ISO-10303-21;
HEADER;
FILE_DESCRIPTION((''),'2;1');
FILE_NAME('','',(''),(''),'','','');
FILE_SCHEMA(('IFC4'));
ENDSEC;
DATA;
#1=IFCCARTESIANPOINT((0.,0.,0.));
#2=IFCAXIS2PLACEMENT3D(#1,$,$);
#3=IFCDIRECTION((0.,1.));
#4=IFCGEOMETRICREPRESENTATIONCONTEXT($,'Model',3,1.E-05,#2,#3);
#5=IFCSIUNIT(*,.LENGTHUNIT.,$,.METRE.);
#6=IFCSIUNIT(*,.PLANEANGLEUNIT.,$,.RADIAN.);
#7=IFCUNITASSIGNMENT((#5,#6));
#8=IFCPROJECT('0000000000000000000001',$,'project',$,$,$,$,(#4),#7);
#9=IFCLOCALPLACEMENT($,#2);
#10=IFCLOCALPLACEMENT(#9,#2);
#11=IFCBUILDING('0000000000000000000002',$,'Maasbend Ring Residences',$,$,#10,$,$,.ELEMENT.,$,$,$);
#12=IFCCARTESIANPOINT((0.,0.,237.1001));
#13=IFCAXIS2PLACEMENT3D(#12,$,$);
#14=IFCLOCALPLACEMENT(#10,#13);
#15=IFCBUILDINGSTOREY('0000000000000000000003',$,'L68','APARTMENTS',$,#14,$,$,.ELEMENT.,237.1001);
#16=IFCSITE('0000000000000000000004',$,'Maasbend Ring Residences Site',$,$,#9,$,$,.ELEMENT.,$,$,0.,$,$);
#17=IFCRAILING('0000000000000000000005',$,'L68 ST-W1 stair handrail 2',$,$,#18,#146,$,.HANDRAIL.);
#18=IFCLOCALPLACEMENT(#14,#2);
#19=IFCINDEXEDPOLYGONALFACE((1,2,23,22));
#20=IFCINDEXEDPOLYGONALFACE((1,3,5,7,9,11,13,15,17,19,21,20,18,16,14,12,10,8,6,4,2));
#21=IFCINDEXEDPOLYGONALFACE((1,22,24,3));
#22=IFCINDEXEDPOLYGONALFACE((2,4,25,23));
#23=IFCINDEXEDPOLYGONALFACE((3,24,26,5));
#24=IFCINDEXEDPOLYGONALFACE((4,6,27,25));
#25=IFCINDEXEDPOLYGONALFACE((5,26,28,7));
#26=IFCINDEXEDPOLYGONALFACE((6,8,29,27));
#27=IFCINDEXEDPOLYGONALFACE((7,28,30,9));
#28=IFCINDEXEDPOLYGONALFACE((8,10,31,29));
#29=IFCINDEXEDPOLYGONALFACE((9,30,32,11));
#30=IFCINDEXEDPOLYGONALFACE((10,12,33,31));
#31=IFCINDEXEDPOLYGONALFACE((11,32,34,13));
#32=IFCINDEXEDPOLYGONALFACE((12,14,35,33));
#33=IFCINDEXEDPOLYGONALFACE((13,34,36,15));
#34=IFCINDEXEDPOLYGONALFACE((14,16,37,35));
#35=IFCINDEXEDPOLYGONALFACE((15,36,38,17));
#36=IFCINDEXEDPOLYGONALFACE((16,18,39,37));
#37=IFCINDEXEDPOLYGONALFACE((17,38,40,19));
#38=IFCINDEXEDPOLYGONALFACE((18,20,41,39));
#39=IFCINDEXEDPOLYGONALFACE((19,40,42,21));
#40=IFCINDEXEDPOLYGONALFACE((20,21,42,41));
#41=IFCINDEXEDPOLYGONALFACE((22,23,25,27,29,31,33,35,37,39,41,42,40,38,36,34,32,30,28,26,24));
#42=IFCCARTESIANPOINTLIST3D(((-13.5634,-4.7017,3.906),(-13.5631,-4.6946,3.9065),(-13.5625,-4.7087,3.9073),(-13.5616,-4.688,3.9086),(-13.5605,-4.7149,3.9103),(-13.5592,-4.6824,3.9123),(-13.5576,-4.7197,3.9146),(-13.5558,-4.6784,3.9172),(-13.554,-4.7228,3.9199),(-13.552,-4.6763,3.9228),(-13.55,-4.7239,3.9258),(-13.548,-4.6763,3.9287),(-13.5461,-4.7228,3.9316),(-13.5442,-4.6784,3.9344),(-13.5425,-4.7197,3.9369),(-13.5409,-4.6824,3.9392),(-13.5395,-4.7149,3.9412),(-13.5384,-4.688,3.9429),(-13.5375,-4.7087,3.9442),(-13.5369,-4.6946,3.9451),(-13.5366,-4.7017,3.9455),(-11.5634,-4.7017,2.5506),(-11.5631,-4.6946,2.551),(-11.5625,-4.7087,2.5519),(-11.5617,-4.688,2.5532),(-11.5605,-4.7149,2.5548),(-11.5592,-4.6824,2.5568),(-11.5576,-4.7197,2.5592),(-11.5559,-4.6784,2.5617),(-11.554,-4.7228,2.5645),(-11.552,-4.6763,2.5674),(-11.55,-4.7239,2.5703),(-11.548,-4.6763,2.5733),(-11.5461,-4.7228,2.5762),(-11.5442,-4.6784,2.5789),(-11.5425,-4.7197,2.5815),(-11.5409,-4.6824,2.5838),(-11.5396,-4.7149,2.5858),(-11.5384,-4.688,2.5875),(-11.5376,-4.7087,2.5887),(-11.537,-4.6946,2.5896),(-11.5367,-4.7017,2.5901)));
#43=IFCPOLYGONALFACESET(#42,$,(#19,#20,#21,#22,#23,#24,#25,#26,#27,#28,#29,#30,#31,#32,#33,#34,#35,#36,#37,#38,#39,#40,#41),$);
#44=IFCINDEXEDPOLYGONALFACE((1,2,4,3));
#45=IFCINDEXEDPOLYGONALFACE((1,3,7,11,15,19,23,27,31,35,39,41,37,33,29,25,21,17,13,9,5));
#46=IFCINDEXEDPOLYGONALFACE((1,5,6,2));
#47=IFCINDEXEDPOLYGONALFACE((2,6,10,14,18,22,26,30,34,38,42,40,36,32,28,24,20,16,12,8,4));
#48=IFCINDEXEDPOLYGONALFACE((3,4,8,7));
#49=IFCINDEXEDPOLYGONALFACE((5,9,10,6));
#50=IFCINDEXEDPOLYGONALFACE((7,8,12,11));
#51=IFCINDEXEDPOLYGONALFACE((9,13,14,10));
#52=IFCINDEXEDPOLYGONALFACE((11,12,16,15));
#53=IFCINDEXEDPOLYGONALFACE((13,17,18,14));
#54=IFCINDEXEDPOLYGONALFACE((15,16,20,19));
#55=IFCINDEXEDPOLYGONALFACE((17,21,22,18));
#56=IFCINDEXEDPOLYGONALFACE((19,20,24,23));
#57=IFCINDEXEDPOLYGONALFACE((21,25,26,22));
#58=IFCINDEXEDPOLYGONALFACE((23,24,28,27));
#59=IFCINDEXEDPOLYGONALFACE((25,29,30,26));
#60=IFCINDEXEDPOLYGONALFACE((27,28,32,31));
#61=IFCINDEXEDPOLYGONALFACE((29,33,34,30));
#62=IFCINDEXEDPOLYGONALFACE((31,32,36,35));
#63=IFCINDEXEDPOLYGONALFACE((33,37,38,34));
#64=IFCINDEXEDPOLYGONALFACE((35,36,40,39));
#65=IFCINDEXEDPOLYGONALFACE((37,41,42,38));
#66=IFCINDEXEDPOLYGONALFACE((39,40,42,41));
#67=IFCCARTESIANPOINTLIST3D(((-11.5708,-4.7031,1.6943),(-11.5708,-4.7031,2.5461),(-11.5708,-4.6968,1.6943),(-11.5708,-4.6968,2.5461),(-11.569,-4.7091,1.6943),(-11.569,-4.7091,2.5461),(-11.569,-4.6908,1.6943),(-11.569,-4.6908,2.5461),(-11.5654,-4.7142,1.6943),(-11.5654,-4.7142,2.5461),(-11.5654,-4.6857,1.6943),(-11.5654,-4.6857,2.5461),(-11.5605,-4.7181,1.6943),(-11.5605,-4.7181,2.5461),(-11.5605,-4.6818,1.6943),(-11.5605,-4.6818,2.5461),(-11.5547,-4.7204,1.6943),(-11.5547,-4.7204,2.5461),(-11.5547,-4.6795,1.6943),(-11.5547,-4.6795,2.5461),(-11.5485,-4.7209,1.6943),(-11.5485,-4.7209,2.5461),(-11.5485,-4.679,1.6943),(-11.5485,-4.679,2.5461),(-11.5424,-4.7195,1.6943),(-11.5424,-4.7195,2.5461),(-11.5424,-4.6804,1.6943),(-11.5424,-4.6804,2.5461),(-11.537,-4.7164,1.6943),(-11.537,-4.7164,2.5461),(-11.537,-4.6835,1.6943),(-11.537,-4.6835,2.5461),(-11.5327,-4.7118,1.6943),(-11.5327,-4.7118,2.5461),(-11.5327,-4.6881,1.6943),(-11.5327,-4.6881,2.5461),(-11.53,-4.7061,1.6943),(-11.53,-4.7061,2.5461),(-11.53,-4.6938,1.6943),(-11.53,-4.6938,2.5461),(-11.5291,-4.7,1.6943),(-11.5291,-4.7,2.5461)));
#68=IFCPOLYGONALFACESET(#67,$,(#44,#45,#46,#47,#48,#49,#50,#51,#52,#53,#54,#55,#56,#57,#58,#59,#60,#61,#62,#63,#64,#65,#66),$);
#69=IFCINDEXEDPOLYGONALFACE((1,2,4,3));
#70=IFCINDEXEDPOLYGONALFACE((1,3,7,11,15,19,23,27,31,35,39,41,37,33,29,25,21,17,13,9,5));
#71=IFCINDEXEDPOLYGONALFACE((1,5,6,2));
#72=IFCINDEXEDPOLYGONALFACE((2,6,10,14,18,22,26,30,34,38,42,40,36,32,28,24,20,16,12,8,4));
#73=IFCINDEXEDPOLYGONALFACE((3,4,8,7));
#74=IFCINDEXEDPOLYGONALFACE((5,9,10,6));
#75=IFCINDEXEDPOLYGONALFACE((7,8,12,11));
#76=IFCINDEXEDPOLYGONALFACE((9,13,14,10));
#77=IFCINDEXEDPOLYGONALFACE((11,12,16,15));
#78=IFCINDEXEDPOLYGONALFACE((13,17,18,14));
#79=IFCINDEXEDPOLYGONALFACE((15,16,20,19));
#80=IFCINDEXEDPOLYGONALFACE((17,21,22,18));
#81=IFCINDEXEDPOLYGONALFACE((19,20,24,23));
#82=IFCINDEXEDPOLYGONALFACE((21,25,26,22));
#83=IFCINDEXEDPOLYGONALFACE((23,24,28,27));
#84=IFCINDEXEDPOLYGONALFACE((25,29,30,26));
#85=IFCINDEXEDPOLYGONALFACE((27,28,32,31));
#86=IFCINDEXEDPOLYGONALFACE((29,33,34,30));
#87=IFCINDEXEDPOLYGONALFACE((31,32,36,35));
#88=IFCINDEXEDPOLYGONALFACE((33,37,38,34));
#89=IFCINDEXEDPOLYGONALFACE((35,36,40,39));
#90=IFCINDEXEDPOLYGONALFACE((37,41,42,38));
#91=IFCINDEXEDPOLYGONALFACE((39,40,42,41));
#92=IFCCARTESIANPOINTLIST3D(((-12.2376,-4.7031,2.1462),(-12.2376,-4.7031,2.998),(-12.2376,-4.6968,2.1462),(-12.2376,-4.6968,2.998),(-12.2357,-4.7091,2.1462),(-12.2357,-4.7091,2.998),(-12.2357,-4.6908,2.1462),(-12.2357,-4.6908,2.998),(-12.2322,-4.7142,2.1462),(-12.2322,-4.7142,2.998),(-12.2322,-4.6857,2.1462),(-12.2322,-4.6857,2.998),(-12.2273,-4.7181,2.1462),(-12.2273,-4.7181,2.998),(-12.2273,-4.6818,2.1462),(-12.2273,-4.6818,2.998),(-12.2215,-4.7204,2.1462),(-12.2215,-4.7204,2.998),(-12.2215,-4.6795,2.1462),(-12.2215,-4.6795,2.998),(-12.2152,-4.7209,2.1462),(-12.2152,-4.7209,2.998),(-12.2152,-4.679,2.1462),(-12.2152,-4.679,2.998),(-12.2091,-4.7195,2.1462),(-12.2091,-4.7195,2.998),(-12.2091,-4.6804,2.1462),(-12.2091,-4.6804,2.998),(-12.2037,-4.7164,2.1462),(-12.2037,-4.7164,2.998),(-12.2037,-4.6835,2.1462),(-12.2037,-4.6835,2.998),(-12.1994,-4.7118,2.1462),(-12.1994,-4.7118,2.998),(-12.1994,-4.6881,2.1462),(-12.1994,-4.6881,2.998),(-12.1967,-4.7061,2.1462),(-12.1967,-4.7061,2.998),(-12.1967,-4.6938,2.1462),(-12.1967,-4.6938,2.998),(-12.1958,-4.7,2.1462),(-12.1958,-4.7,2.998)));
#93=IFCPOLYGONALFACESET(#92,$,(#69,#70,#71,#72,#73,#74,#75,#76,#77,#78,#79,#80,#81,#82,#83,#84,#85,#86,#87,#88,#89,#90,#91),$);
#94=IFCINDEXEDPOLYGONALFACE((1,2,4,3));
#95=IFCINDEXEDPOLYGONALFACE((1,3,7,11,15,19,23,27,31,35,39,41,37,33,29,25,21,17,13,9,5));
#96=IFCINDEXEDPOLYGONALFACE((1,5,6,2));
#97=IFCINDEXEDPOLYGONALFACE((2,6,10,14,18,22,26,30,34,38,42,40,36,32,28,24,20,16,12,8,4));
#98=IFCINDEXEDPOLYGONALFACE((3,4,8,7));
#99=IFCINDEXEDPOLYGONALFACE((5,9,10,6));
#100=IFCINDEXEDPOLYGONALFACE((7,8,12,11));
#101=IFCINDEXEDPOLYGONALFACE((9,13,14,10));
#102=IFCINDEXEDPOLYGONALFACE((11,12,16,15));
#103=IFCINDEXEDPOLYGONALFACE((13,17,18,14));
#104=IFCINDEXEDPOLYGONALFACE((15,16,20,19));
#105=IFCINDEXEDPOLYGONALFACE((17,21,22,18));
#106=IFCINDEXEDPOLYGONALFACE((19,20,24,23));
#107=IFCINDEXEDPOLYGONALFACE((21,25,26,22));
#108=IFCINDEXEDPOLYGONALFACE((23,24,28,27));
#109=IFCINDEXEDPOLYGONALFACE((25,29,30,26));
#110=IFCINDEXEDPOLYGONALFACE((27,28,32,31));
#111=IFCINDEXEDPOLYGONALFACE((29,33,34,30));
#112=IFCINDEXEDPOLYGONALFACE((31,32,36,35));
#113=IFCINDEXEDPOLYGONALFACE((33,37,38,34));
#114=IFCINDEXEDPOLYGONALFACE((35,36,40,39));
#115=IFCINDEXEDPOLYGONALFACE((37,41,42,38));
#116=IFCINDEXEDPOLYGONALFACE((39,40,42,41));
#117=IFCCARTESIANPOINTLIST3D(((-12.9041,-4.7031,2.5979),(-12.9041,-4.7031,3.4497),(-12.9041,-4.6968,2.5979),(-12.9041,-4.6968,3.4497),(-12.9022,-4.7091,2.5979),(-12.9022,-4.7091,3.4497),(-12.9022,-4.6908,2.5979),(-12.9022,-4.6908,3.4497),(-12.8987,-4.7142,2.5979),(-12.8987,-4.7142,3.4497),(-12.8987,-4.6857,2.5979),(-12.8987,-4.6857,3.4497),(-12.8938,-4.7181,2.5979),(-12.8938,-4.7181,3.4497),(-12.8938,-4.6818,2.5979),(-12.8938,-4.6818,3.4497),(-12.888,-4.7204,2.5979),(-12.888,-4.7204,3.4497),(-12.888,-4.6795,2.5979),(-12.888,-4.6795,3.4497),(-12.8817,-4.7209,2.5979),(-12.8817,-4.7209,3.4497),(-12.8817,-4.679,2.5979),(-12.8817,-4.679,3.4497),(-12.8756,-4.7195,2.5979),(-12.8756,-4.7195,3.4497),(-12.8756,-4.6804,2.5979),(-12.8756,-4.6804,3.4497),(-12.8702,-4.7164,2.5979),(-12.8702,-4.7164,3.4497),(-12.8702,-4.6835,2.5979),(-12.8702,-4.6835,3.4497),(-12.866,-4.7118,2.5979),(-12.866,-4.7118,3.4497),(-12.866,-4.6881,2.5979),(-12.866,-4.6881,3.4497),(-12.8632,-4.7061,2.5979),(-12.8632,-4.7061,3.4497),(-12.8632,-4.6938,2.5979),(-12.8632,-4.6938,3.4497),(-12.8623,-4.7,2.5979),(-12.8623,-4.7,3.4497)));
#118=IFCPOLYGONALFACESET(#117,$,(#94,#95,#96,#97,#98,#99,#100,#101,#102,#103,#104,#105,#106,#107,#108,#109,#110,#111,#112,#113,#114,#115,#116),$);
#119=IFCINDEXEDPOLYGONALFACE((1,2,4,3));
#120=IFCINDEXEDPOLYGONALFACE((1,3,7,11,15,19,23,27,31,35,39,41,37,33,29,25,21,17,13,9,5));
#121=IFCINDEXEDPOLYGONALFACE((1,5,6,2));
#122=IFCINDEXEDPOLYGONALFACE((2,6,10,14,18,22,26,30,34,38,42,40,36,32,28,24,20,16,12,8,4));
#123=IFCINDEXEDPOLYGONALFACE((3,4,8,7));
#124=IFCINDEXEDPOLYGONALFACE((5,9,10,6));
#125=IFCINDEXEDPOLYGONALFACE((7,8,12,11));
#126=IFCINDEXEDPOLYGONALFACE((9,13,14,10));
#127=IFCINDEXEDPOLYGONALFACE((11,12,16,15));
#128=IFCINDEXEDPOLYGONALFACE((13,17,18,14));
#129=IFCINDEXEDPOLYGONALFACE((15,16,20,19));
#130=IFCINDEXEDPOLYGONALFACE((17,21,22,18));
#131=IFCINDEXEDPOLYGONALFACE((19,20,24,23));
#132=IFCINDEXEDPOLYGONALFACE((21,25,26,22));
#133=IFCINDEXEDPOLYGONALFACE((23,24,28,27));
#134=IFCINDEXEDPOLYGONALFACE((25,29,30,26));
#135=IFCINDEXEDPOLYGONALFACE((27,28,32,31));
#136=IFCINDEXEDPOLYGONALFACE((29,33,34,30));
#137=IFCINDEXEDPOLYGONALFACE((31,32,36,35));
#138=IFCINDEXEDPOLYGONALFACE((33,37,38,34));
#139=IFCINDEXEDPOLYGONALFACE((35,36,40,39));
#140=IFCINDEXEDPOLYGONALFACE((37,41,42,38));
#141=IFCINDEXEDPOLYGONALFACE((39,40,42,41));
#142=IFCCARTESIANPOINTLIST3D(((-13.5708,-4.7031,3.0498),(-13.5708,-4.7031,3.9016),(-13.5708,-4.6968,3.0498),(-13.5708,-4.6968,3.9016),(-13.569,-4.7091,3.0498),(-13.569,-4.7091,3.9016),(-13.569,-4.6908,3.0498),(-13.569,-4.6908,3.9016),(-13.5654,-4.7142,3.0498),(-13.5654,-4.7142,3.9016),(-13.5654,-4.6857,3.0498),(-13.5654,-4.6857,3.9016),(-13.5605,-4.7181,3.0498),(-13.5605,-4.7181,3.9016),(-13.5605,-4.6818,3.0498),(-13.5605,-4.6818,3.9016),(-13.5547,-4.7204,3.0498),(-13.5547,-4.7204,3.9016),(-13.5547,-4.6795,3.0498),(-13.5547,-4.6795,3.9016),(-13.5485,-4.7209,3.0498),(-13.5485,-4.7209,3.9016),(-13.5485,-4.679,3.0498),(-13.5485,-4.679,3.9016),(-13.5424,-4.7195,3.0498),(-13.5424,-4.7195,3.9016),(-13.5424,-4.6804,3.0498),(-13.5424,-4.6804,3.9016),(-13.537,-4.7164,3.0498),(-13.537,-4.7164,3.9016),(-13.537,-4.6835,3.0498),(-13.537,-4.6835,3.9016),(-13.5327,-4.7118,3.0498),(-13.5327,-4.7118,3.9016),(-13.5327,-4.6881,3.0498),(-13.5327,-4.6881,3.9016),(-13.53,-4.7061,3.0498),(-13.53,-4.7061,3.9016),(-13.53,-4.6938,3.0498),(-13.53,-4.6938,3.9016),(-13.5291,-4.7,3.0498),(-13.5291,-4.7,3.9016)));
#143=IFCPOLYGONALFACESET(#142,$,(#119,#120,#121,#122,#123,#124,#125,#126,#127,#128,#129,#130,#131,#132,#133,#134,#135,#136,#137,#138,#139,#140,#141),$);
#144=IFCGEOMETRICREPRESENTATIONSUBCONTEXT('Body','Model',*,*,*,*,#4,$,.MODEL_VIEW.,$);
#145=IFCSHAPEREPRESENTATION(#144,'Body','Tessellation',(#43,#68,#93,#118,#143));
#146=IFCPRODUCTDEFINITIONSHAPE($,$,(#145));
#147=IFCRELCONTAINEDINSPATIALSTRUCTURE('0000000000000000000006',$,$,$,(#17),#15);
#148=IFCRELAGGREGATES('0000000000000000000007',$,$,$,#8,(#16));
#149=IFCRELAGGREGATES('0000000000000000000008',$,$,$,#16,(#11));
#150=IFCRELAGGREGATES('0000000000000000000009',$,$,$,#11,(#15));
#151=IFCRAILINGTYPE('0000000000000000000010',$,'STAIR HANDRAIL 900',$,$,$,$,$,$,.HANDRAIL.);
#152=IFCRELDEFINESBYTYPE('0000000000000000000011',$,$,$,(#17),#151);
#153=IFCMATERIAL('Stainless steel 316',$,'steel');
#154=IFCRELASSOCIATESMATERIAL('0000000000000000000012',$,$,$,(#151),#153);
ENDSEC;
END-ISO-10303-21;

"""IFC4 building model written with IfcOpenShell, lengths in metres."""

from ifc_helpers import new_model, si_unit, direction, frame, origin, origin_2d, place, context, subcontext, project, spatial, circle, extrude, material, type_object, element, save


model = new_model("IFC4")

# Units and contexts
model_context = context("Model", 3, precision=1e-05, world=origin(), true_north=direction((0.0, 1.0)))
body_context = subcontext(model_context, "Body", "Model", "MODEL_VIEW")
ifc_project = project(units=[si_unit("LENGTHUNIT", "METRE"), si_unit("PLANEANGLEUNIT", "RADIAN")], contexts=[model_context])

# Site, building, storey
site_placement = place(None, origin())
site = spatial("IfcSite", under=ifc_project, at=site_placement, Name="Maasbend Ring Residences Site", CompositionType="ELEMENT", RefElevation=0.0)
building_placement = place(site_placement, origin())
building = spatial("IfcBuilding", under=site, at=building_placement, Name="Maasbend Ring Residences", CompositionType="ELEMENT")
storey_placement = place(building_placement, frame((0.0, 0.0, 237.1001)))
storey = spatial("IfcBuildingStorey", under=building, at=storey_placement, Name="L68", Description="APARTMENTS", CompositionType="ELEMENT", Elevation=237.1001)

# Railing
ifc_material_1 = material(Name="Stainless steel 316", Category="steel")
railing_type_1 = type_object("IfcRailingType", Name="STAIR HANDRAIL 900", PredefinedType="HANDRAIL", material=ifc_material_1)
railing_1_placement = place(storey_placement, frame((-11.55, -4.7, 1.6943)))
element("IfcRailing", 1, at=railing_1_placement, inside=storey, type_object=railing_type_1, Name="L68 ST-W1 stair handrail 2", PredefinedType="HANDRAIL", context=body_context, shape_type="SweptSolid", body=[
    extrude(circle(Radius=0.0239, at=origin_2d()), frame((0.0, 0.0, 0.876), z_axis=(-0.827798, 0.0, 0.561027), x_axis=(0.0, -1.0, 0.0)), (0.0, 0.0, 1.0), 2.416),
    extrude(circle(Radius=0.021, at=origin_2d()), origin(), (0.0, 0.0, 1.0), 0.8518),
    extrude(circle(Radius=0.021, at=origin_2d()), frame((-0.6667, 0.0, 0.4519)), (0.0, 0.0, 1.0), 0.8518),
    extrude(circle(Radius=0.021, at=origin_2d()), frame((-1.3333, 0.0, 0.9036)), (0.0, 0.0, 1.0), 0.8518),
    extrude(circle(Radius=0.021, at=origin_2d()), frame((-2.0, 0.0, 1.3555)), (0.0, 0.0, 1.0), 0.8518),
])

save(model, "model.ifc")
